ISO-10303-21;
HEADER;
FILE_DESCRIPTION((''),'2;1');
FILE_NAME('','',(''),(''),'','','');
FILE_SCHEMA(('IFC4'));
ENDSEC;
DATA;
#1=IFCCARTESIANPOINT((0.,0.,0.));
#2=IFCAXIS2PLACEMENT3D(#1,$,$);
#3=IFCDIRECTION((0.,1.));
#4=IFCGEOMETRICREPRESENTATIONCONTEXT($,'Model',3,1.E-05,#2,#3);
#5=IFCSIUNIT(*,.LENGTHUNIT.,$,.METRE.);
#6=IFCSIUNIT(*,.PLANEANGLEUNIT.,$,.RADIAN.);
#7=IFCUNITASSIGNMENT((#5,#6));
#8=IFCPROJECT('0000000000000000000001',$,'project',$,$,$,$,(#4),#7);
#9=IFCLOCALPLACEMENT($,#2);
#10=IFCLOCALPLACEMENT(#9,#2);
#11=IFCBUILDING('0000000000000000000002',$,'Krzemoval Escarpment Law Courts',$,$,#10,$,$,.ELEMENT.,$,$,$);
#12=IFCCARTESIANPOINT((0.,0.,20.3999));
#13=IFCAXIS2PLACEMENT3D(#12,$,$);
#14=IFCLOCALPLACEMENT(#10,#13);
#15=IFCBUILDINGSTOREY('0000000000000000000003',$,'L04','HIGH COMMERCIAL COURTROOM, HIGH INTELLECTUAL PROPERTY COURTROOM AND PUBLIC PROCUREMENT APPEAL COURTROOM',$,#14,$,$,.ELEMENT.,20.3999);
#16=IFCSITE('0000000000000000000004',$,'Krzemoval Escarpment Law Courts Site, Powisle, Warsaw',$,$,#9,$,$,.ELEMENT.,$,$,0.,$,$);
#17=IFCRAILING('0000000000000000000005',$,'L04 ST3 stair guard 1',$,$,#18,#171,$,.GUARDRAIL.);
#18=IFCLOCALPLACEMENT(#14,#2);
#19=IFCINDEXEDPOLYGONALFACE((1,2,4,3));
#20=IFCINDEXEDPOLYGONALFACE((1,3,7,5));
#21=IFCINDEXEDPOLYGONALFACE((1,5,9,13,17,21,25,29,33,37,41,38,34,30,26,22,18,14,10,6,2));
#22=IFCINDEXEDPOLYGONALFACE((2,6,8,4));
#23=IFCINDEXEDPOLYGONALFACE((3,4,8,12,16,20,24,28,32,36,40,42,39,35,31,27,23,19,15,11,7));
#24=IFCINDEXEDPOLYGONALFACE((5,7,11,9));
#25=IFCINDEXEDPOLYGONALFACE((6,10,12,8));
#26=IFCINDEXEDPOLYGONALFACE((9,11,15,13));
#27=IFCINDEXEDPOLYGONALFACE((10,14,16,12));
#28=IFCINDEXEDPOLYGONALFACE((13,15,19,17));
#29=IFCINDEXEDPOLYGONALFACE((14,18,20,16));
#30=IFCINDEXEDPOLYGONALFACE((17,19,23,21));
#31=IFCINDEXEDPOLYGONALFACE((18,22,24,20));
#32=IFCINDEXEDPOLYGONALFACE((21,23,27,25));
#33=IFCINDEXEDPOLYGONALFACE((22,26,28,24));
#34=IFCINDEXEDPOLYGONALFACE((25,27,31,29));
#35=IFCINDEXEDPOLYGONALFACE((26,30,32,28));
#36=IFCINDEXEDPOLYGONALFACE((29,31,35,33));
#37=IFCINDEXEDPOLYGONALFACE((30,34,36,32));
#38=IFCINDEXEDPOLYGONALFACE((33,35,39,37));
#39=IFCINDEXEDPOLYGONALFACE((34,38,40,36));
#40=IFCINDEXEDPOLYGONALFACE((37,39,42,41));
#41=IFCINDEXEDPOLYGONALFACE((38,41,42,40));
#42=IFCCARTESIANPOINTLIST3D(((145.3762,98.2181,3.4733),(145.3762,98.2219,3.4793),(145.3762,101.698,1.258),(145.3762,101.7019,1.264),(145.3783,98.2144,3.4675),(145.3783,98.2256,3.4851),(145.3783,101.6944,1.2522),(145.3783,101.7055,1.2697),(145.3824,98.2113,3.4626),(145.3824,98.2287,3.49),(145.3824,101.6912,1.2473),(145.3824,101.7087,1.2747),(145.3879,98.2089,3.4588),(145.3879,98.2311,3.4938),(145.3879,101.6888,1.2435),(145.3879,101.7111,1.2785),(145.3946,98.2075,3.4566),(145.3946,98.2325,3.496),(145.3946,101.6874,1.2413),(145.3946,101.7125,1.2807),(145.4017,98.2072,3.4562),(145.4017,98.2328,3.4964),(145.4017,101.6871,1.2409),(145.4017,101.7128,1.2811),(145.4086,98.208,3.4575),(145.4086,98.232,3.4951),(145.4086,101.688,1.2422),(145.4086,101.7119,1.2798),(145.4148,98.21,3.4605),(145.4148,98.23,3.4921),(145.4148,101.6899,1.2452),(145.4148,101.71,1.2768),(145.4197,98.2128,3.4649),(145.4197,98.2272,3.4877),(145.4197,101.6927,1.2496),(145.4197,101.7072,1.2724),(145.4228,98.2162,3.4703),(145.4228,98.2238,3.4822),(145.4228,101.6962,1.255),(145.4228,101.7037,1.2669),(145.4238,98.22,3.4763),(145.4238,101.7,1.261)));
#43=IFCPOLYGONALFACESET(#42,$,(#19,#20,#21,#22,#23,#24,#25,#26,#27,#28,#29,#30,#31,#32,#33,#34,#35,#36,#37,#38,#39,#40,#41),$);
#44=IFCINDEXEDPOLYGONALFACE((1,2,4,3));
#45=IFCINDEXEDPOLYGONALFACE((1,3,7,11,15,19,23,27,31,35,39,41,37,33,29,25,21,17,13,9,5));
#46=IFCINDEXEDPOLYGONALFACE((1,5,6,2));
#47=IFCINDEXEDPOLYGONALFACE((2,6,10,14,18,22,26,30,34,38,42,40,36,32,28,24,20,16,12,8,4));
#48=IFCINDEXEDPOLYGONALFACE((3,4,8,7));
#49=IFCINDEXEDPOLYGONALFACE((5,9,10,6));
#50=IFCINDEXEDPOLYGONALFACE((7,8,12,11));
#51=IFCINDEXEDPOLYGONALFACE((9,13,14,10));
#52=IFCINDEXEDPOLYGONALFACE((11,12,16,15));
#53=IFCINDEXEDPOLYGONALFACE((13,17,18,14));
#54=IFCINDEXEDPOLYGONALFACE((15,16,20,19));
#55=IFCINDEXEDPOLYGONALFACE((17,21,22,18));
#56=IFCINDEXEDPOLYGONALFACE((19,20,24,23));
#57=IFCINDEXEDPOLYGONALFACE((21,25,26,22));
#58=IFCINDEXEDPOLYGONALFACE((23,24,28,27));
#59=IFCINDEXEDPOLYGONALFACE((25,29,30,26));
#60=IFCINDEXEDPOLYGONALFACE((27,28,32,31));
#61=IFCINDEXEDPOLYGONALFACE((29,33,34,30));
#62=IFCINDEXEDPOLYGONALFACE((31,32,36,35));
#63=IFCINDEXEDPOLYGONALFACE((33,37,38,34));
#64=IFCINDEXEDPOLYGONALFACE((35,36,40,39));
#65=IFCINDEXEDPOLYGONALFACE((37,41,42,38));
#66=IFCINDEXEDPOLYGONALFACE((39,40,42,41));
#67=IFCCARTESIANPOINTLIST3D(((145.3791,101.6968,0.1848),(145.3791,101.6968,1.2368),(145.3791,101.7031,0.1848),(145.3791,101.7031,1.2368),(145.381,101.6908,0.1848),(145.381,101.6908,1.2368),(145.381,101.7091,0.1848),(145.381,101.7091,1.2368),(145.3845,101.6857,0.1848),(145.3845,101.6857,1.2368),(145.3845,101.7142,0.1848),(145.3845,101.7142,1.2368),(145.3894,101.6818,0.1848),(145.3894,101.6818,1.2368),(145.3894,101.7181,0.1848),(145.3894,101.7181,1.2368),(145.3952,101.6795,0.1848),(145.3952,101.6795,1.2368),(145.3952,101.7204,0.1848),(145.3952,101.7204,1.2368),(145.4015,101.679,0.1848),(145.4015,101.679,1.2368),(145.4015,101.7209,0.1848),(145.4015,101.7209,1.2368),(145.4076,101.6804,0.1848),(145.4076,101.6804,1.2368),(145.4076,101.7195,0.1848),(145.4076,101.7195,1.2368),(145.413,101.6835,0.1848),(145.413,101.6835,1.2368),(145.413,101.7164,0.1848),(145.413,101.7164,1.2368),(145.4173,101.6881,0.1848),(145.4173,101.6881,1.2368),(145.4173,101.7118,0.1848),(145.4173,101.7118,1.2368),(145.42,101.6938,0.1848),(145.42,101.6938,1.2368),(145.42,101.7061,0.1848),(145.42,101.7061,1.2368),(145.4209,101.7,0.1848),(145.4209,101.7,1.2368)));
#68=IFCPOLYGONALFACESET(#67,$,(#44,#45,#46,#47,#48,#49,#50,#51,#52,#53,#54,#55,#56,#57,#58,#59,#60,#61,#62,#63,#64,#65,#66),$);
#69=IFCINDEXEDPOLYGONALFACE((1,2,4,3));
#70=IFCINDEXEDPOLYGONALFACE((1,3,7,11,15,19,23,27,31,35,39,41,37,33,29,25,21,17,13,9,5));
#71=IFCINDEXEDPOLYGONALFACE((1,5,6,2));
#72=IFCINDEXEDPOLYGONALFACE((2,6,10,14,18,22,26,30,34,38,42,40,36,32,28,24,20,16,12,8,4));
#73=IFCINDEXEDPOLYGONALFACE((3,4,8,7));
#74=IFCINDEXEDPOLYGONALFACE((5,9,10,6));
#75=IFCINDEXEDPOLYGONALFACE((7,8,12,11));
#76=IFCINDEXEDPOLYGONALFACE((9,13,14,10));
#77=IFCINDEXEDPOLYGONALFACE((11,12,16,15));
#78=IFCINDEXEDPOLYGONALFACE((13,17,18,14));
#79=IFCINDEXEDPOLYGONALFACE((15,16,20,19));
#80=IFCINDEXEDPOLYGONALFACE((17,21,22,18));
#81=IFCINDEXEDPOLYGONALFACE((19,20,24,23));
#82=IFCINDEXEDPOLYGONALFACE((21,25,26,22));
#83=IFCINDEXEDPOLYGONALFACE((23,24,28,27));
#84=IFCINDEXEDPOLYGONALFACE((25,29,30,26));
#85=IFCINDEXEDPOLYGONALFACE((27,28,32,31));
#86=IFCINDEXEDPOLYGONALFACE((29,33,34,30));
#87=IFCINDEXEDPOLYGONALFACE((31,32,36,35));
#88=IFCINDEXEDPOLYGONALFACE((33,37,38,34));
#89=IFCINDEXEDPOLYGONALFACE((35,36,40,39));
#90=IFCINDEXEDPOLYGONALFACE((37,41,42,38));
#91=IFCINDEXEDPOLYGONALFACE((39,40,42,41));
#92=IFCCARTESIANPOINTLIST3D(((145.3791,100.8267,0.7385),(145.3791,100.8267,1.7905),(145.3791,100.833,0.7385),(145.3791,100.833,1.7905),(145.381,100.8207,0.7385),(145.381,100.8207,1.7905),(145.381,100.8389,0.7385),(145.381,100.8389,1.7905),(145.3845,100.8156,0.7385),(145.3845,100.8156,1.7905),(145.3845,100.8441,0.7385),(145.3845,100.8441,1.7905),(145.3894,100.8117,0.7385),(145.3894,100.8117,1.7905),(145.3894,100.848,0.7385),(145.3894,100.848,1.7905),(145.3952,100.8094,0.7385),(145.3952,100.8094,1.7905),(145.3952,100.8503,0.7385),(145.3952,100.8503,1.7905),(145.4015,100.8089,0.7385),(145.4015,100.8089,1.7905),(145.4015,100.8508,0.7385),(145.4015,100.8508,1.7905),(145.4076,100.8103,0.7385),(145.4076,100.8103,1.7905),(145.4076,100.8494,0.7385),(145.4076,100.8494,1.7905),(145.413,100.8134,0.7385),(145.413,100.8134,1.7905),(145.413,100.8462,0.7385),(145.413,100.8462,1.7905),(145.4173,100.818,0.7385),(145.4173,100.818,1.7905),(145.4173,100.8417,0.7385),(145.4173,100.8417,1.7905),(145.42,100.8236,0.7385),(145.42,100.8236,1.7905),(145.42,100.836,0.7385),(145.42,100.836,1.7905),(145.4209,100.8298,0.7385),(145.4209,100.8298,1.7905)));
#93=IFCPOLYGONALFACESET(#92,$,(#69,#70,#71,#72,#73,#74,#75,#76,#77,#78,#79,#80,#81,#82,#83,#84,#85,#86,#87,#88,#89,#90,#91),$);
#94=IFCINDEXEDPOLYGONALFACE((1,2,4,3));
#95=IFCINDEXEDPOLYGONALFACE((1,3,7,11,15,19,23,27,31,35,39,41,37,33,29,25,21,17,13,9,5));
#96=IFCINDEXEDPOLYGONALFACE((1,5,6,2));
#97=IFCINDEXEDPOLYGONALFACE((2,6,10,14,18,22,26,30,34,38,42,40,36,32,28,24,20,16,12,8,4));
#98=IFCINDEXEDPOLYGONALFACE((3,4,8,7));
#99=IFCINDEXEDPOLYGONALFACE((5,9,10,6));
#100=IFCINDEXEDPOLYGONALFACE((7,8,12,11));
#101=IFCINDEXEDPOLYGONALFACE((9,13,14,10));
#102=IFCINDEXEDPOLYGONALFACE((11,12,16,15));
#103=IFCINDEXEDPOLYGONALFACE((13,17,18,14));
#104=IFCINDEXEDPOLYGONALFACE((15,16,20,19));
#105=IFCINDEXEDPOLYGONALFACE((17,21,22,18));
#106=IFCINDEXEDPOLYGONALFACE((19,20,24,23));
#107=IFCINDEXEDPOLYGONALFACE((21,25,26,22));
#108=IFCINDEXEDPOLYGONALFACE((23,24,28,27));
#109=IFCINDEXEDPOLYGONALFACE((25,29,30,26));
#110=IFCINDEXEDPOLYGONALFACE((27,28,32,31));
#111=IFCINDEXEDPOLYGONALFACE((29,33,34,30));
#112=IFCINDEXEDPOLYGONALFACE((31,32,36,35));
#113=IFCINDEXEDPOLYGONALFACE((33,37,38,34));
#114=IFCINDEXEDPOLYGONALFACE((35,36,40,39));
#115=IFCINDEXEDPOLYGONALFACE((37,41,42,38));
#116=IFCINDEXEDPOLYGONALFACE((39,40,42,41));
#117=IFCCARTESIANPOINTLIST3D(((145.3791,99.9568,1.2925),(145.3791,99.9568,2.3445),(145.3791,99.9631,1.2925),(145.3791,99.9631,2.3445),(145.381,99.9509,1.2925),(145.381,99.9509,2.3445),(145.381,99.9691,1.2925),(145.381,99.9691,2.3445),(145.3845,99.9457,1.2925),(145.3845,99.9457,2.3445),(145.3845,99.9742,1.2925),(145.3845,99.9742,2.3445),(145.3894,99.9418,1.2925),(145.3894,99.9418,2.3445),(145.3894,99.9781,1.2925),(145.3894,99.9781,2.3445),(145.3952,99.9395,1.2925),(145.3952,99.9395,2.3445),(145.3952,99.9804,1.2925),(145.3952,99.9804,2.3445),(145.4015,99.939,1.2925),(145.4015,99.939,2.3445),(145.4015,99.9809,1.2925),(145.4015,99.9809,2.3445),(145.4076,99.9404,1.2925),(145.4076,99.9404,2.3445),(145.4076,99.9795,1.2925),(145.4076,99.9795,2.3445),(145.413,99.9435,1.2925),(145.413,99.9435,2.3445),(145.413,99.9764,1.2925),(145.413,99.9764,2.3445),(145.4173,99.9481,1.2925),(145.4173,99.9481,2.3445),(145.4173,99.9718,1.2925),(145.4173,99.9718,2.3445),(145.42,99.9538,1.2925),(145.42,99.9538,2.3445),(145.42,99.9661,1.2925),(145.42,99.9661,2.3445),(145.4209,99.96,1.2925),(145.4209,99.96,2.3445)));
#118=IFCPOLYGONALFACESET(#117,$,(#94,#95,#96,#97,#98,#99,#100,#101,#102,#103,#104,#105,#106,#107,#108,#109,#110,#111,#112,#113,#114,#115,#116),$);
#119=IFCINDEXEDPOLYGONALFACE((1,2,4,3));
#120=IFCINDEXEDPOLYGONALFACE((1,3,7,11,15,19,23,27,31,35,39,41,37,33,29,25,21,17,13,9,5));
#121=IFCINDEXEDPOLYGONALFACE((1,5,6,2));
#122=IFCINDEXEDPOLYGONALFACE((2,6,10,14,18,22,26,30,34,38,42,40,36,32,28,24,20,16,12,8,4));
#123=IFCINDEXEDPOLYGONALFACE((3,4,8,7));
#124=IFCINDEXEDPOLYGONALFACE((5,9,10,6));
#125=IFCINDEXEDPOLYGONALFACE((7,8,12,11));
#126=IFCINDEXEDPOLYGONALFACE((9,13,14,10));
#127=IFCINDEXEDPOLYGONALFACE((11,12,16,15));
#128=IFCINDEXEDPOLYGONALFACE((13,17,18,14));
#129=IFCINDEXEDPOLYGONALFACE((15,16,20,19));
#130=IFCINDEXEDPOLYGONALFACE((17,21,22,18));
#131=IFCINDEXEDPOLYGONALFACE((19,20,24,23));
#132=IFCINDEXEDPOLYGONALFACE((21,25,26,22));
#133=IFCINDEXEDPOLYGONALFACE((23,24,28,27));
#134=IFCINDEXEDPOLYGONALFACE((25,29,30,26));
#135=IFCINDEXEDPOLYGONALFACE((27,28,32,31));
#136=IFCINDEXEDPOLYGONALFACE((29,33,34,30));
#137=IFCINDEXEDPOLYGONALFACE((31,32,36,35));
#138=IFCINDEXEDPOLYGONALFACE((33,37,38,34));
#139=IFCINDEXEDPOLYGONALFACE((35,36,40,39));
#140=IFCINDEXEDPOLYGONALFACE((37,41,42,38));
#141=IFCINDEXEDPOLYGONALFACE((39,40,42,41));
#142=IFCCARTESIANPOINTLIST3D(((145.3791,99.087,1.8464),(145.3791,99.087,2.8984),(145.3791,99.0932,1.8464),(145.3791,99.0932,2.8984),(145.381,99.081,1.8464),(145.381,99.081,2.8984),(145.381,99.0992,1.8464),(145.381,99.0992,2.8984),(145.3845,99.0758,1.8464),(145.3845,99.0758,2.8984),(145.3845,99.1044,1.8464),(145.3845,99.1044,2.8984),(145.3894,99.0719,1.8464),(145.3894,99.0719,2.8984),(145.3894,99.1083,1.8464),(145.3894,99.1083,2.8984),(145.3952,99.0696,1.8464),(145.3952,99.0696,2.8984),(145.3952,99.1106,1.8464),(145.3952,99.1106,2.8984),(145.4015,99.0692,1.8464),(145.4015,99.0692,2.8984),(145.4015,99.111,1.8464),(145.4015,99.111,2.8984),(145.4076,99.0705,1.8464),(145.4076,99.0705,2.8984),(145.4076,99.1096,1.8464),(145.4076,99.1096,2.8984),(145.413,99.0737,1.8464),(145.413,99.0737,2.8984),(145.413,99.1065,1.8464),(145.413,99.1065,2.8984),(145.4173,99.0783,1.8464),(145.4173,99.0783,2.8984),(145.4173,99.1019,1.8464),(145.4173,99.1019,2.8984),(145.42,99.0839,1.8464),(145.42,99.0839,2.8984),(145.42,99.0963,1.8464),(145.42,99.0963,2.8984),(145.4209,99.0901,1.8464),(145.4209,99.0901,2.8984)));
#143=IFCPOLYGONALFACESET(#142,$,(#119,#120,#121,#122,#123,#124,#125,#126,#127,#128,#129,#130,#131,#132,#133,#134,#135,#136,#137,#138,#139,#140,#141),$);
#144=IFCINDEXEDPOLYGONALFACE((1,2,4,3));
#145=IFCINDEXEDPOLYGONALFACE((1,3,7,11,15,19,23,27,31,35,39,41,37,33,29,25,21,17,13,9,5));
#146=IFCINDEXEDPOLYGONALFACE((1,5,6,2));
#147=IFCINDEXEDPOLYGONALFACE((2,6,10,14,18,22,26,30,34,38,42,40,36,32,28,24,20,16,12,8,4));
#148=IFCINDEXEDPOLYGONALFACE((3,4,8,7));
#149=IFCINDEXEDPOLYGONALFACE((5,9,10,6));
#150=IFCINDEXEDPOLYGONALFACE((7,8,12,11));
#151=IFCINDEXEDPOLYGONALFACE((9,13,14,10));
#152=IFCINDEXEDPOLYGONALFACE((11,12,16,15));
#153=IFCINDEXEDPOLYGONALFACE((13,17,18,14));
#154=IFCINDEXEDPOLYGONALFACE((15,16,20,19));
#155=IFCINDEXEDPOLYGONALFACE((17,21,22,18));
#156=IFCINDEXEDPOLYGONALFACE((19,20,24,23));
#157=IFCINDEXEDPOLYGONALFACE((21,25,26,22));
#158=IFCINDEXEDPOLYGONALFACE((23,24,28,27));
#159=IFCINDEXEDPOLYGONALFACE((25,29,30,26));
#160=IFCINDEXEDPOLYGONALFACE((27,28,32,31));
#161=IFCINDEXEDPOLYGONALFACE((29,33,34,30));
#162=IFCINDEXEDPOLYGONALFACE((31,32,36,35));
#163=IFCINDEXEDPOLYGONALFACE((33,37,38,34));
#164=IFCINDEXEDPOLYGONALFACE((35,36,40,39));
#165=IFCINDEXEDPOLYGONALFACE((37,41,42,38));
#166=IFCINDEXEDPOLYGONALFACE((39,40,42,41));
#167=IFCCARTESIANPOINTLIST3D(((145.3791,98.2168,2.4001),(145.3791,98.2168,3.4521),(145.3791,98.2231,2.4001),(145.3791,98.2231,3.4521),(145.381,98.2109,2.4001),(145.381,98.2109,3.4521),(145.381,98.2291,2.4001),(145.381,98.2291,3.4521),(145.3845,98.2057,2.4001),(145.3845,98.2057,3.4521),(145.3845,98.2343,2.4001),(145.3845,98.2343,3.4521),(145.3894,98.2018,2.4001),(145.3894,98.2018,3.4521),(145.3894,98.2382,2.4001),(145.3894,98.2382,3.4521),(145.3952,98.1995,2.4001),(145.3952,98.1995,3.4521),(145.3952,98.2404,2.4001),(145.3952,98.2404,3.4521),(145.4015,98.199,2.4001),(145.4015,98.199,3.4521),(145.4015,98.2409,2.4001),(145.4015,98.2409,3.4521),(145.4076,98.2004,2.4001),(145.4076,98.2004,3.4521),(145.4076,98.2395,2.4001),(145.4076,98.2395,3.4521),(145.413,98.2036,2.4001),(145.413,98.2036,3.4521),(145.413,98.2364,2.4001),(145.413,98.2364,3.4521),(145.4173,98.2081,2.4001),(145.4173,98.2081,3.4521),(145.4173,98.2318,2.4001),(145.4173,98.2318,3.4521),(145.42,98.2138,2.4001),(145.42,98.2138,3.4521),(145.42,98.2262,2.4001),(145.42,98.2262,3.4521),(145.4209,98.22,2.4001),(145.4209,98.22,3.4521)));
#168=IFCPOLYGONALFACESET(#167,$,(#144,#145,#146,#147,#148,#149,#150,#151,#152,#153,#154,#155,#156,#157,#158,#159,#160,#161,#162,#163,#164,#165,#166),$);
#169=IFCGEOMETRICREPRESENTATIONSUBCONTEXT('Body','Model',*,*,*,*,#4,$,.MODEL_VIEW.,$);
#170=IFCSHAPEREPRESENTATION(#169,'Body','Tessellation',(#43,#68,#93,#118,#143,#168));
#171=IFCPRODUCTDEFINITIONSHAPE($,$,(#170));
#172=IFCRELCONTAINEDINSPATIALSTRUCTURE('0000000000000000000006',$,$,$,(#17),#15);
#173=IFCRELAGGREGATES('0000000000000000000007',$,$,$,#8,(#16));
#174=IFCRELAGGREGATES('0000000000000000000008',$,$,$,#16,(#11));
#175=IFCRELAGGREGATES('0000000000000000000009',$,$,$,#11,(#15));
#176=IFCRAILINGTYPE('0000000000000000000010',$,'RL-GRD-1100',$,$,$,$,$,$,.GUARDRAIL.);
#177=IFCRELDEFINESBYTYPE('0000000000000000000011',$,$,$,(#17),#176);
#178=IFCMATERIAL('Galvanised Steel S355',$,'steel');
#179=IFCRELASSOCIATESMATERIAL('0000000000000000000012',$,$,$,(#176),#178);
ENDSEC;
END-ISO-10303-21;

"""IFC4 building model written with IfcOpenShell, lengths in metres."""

from ifc_helpers import new_model, si_unit, direction, frame, origin, origin_2d, place, context, subcontext, project, spatial, circle, extrude, material, type_object, element, save


model = new_model("IFC4")

# Units and contexts
model_context = context("Model", 3, precision=1e-05, world=origin(), true_north=direction((0.0, 1.0)))
body_context = subcontext(model_context, "Body", "Model", "MODEL_VIEW")
ifc_project = project(units=[si_unit("LENGTHUNIT", "METRE"), si_unit("PLANEANGLEUNIT", "RADIAN")], contexts=[model_context])

# Site, building, storey
site_placement = place(None, origin())
site = spatial("IfcSite", under=ifc_project, at=site_placement, Name="Krzemoval Escarpment Law Courts Site, Powisle, Warsaw", CompositionType="ELEMENT", RefElevation=0.0)
building_placement = place(site_placement, origin())
building = spatial("IfcBuilding", under=site, at=building_placement, Name="Krzemoval Escarpment Law Courts", CompositionType="ELEMENT")
storey_placement = place(building_placement, frame((0.0, 0.0, 20.3999)))
storey = spatial("IfcBuildingStorey", under=building, at=storey_placement, Name="L04", Description="HIGH COMMERCIAL COURTROOM, HIGH INTELLECTUAL PROPERTY COURTROOM AND PUBLIC PROCUREMENT APPEAL COURTROOM", CompositionType="ELEMENT", Elevation=20.3999)

# Railing
ifc_material_1 = material(Name="Galvanised Steel S355", Category="steel")
railing_type_1 = type_object("IfcRailingType", Name="RL-GRD-1100", PredefinedType="GUARDRAIL", material=ifc_material_1)
railing_1_placement = place(storey_placement, frame((145.3999, 101.7, 0.1848)))
element("IfcRailing", 1, at=railing_1_placement, inside=storey, type_object=railing_type_1, Name="L04 ST3 stair guard 1", PredefinedType="GUARDRAIL", context=body_context, shape_type="SweptSolid", body=[
    extrude(circle(Radius=0.0239, at=origin_2d()), frame((0.0, 0.0, 1.0762), z_axis=(0.0, -0.843574, 0.537013), x_axis=(1.0, 0.0, 0.0)), (0.0, 0.0, 1.0), 4.1252),
    extrude(circle(Radius=0.021, at=origin_2d()), origin(), (0.0, 0.0, 1.0), 1.052),
    extrude(circle(Radius=0.021, at=origin_2d()), frame((0.0, -0.8701, 0.5537)), (0.0, 0.0, 1.0), 1.052),
    extrude(circle(Radius=0.021, at=origin_2d()), frame((0.0, -1.74, 1.1077)), (0.0, 0.0, 1.0), 1.052),
    extrude(circle(Radius=0.021, at=origin_2d()), frame((0.0, -2.6099, 1.6616)), (0.0, 0.0, 1.0), 1.052),
    extrude(circle(Radius=0.021, at=origin_2d()), frame((0.0, -3.48, 2.2153)), (0.0, 0.0, 1.0), 1.052),
])

save(model, "model.ifc")
